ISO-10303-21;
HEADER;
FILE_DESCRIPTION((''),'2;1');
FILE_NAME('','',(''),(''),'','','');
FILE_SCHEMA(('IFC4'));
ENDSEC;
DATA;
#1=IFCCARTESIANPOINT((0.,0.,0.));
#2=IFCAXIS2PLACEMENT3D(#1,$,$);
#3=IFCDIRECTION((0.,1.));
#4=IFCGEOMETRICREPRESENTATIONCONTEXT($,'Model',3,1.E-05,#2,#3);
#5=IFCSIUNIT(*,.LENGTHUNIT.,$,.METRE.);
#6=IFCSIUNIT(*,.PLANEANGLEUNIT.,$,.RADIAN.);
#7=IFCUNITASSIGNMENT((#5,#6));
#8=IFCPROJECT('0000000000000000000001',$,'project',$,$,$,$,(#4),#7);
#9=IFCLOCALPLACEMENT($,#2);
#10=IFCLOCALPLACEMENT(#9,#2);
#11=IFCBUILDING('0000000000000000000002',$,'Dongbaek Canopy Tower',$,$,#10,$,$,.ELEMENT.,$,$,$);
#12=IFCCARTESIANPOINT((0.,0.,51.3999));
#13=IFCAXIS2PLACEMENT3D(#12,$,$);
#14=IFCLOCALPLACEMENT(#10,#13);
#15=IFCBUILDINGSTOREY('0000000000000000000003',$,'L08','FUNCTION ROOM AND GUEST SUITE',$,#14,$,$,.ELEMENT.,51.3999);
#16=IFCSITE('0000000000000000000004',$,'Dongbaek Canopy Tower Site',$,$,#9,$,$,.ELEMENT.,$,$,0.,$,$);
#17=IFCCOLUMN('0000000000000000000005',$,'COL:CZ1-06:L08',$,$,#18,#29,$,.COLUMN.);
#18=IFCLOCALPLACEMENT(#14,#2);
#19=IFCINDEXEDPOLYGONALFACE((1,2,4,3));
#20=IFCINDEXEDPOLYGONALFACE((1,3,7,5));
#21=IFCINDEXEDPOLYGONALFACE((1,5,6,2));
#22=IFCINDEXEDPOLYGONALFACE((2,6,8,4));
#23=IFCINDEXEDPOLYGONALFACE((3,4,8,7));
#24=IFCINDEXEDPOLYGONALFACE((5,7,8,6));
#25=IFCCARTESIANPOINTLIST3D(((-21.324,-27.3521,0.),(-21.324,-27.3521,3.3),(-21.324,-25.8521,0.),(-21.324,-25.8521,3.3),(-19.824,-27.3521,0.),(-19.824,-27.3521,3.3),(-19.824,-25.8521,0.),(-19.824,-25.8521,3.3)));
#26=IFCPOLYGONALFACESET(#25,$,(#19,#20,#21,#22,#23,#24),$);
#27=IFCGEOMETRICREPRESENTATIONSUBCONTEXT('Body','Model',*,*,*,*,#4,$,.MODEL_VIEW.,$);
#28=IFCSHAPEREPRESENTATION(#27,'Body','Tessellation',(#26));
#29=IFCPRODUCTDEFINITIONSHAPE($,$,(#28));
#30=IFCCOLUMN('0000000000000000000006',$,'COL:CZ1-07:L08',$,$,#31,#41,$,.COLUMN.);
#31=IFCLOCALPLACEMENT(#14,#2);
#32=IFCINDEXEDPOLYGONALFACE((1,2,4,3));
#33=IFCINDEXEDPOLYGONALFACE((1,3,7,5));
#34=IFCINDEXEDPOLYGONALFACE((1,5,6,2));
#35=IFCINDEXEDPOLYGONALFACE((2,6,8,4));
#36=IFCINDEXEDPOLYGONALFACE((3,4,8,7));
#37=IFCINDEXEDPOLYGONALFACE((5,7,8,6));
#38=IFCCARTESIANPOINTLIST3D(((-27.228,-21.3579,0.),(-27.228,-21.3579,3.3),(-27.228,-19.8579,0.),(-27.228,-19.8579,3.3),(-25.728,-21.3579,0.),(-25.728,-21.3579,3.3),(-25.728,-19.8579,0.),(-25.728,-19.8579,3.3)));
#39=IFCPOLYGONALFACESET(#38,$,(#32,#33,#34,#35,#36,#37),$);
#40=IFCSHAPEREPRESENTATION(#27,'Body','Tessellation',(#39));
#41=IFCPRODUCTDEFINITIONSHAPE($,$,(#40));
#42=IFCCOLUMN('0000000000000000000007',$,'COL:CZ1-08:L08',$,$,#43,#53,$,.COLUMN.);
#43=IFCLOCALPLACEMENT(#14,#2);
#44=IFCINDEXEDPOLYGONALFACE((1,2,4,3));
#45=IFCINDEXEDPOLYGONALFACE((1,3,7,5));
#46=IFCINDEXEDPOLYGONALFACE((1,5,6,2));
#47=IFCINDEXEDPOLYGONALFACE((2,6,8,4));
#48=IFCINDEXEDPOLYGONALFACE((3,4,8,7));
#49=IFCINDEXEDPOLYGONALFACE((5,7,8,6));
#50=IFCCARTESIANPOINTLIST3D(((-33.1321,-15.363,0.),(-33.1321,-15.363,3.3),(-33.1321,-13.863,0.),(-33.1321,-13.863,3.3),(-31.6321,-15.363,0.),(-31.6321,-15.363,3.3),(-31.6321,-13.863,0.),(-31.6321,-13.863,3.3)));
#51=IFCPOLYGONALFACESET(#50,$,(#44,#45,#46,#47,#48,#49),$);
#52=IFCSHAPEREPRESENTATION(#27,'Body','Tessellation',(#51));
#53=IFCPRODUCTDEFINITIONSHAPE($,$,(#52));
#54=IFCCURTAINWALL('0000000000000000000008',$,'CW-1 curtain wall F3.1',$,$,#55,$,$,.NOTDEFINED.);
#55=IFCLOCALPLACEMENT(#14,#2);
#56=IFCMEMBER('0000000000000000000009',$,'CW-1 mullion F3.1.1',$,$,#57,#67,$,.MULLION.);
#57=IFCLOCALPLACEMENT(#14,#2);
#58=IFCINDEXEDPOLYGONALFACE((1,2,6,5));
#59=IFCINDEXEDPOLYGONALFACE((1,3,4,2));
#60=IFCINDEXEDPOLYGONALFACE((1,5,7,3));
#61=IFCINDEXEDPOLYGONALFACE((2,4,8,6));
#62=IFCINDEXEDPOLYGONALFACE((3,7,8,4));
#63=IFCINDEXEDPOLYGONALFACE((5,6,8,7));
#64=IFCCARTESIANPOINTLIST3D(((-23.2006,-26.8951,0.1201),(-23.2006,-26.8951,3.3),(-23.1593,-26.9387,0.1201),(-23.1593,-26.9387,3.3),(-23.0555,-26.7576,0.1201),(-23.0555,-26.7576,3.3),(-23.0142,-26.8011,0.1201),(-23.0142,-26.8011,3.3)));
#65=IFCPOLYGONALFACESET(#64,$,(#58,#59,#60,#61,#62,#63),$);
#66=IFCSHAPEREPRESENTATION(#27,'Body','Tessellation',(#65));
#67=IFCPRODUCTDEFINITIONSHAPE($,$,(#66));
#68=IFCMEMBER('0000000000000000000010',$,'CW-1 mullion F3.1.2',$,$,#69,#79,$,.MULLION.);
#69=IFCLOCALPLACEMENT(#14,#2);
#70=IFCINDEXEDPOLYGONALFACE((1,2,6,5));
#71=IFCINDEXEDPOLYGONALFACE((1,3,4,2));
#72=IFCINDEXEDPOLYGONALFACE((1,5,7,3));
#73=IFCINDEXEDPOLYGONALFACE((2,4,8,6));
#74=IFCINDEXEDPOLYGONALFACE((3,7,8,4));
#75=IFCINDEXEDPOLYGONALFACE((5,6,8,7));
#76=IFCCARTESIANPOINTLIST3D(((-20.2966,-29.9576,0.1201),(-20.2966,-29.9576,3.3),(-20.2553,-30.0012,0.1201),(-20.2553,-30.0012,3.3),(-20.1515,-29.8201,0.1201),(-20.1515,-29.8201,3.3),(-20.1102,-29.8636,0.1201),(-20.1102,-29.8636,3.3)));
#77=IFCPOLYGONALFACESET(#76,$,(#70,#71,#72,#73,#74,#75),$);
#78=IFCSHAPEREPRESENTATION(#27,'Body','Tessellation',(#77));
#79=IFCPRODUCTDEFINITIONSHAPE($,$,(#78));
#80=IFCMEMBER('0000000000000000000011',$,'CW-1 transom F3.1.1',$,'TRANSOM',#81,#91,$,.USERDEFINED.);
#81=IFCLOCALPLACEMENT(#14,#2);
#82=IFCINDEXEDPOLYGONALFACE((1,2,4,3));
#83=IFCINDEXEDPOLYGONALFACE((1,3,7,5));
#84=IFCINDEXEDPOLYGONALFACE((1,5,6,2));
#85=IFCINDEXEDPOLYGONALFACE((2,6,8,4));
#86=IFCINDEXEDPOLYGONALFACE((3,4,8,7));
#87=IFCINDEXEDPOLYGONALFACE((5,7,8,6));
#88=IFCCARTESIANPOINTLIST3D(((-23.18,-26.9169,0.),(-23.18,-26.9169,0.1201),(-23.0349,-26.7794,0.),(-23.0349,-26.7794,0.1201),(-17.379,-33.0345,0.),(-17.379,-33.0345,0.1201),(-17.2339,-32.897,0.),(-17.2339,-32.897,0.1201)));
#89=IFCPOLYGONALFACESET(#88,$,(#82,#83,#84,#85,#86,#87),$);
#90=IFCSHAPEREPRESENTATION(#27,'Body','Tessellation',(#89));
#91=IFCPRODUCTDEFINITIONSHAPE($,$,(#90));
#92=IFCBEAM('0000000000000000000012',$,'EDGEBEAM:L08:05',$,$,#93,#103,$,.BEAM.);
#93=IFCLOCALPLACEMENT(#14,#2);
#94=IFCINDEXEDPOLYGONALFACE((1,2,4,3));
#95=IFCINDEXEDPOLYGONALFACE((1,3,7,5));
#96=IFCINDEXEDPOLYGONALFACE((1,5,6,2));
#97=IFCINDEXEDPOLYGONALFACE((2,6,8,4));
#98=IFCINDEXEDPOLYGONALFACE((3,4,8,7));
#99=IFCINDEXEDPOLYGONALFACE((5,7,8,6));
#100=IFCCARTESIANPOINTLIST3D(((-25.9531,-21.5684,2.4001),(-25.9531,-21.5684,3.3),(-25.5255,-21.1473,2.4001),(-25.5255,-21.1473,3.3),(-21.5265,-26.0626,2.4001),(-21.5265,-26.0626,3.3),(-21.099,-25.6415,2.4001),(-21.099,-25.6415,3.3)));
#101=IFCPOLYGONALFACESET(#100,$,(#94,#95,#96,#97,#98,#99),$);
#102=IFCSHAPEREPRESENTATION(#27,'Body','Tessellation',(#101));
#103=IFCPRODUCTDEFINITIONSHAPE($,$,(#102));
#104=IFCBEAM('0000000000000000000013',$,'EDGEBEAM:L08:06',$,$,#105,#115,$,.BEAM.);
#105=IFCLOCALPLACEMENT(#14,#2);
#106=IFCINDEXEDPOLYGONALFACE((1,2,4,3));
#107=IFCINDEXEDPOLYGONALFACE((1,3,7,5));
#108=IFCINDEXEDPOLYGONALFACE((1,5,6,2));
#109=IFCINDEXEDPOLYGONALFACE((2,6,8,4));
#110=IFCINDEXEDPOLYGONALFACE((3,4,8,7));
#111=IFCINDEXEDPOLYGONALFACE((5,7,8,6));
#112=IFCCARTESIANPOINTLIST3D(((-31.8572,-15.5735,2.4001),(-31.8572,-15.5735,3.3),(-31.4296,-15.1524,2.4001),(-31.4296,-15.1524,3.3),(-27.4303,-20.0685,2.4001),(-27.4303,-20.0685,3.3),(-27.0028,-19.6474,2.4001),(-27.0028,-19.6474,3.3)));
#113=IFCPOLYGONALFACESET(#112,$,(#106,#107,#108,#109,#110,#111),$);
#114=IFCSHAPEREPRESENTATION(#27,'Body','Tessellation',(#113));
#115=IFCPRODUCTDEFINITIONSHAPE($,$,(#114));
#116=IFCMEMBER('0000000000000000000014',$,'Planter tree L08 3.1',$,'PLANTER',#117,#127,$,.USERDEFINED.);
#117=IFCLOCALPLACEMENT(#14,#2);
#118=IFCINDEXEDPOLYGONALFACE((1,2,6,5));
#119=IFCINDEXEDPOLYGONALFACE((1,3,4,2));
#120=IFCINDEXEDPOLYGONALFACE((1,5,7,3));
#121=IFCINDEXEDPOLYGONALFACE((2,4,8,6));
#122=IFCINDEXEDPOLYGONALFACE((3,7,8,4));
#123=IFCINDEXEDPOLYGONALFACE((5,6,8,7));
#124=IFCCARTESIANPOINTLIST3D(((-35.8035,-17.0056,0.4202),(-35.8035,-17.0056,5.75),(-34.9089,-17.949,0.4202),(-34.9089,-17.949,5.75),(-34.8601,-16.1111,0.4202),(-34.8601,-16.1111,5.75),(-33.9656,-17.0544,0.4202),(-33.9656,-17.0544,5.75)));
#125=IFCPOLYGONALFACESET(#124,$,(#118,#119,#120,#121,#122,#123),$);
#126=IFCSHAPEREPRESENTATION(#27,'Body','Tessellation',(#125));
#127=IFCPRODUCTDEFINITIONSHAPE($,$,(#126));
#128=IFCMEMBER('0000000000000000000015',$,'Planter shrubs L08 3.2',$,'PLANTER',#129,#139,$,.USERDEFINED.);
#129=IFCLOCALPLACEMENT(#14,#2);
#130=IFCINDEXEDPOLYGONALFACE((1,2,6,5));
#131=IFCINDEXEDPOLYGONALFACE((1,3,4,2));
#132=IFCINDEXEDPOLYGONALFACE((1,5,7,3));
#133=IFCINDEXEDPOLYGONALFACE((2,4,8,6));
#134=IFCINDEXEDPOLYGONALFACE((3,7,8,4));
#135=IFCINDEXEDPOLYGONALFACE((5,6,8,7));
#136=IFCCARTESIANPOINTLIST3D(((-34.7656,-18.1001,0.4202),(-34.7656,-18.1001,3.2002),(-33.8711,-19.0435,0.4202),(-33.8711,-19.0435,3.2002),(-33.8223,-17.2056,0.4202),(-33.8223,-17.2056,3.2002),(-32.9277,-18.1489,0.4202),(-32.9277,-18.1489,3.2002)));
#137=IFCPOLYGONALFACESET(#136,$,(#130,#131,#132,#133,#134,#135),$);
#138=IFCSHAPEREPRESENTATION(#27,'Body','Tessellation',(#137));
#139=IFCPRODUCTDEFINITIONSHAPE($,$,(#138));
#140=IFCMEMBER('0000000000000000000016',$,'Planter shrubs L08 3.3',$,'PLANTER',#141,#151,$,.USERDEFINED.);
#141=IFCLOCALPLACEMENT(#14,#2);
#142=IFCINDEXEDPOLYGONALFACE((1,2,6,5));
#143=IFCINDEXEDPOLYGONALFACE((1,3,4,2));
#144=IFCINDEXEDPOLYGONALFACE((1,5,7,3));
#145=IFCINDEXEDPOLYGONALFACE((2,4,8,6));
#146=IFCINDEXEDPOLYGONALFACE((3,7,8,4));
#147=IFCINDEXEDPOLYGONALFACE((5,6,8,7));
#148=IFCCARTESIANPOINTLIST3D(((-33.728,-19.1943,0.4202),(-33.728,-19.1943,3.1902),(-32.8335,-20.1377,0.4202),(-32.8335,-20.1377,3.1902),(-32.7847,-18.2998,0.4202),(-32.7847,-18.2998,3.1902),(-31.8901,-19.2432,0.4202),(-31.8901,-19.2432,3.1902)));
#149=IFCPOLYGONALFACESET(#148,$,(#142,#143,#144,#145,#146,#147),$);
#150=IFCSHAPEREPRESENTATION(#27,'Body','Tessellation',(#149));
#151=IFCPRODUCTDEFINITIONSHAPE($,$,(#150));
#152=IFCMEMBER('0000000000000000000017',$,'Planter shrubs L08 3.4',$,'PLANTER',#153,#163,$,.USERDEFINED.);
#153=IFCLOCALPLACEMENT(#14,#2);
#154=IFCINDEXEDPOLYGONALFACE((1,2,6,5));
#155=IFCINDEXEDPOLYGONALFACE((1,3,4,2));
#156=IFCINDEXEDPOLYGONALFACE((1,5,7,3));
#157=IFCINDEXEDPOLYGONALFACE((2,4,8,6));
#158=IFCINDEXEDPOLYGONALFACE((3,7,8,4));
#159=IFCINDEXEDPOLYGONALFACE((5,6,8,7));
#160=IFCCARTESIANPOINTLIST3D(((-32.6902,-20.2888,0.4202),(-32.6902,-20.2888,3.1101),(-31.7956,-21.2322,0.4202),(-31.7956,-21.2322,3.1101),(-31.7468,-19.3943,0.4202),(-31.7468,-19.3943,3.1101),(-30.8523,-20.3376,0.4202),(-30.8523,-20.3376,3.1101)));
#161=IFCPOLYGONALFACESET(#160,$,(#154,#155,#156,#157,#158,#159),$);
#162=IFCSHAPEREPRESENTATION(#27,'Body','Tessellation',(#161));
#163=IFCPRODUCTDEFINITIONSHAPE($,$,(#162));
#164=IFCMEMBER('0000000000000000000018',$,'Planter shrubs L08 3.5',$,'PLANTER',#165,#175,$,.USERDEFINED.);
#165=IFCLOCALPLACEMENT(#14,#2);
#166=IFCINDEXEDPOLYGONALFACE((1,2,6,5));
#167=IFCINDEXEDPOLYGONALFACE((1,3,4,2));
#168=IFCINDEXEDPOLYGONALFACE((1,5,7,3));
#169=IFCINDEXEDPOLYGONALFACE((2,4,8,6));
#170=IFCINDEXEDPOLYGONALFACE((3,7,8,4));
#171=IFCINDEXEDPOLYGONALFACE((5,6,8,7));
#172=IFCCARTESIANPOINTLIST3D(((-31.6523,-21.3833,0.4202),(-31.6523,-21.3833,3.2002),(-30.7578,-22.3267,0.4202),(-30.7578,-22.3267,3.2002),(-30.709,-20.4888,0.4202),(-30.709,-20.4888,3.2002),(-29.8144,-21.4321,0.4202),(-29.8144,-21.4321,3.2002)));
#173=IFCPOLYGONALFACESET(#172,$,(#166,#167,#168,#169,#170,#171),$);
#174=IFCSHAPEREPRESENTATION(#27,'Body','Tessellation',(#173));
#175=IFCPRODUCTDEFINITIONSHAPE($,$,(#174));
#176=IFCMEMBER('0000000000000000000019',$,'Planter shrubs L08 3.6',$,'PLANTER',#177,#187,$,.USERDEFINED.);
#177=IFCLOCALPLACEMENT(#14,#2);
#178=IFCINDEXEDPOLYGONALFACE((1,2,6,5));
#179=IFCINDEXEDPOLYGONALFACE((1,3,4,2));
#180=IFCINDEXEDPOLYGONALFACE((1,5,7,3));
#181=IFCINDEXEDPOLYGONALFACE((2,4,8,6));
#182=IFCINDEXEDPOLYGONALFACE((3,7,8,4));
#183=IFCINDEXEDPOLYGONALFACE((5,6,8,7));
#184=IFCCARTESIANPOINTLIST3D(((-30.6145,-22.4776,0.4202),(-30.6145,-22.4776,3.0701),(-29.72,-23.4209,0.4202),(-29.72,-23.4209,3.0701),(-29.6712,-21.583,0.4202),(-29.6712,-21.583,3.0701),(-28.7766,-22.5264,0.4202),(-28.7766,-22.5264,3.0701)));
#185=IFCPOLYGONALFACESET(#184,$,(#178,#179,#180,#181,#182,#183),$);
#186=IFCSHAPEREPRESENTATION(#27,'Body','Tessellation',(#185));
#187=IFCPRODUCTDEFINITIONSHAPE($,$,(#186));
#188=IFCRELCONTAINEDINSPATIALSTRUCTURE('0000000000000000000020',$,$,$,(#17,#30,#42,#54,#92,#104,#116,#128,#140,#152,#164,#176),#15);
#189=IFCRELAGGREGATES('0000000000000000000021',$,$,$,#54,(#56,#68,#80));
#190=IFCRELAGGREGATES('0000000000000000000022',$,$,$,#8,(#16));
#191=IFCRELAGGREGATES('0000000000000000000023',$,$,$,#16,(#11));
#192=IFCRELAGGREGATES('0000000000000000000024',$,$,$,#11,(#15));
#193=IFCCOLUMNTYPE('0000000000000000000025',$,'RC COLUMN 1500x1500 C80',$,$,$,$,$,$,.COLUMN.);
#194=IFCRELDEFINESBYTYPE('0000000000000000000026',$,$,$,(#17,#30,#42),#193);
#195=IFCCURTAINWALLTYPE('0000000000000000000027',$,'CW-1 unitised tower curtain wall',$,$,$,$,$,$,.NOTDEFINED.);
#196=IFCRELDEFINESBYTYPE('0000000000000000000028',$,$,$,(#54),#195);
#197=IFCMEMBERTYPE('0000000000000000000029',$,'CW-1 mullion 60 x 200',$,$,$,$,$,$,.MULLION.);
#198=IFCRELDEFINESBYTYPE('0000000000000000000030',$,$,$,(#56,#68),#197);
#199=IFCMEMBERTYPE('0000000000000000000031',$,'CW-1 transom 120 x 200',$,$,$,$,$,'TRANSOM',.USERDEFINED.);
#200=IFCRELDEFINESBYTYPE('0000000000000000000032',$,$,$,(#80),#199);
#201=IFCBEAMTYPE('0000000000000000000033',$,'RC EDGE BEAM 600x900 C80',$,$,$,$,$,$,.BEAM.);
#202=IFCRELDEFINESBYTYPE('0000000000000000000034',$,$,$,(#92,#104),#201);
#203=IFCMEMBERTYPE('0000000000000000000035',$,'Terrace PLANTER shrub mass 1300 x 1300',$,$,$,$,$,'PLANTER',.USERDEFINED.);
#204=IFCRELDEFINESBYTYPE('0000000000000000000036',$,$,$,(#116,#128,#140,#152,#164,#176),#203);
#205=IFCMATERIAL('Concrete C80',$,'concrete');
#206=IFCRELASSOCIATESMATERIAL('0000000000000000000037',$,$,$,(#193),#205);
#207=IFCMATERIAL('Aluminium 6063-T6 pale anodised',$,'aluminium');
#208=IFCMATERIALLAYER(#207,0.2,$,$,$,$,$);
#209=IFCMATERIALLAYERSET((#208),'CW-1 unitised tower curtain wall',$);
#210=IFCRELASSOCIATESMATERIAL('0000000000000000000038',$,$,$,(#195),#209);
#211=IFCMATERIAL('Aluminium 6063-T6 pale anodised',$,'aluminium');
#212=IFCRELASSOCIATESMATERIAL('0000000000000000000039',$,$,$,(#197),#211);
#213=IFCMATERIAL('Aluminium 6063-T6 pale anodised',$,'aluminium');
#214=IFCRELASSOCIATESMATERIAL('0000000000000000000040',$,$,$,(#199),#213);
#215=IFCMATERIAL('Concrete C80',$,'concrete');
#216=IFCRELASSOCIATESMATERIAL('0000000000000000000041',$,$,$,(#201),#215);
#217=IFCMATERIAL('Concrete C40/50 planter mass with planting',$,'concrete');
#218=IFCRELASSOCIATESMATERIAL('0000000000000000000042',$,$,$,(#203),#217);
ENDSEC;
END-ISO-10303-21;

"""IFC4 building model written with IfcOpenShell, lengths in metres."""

from ifc_helpers import new_model, si_unit, direction, frame, origin, origin_2d, place, context, subcontext, project, spatial, rectangle, extrude, material, layer, layer_set, material_profile, profile_set, type_object, element, aggregate, save


model = new_model("IFC4")

# Units and contexts
model_context = context("Model", 3, precision=1e-05, world=origin(), true_north=direction((0.0, 1.0)))
body_context = subcontext(model_context, "Body", "Model", "MODEL_VIEW")
ifc_project = project(units=[si_unit("LENGTHUNIT", "METRE"), si_unit("PLANEANGLEUNIT", "RADIAN")], contexts=[model_context])

# Site, building, storey
site_placement = place(None, origin())
site = spatial("IfcSite", under=ifc_project, at=site_placement, Name="Dongbaek Canopy Tower Site", CompositionType="ELEMENT", RefElevation=0.0)
building_placement = place(site_placement, origin())
building = spatial("IfcBuilding", under=site, at=building_placement, Name="Dongbaek Canopy Tower", CompositionType="ELEMENT")
storey_placement = place(building_placement, frame((0.0, 0.0, 51.3999)))
storey = spatial("IfcBuildingStorey", under=building, at=storey_placement, Name="L08", Description="FUNCTION ROOM AND GUEST SUITE", CompositionType="ELEMENT", Elevation=51.3999)

# Columns
ifc_material_1 = material(Name="Concrete C80", Category="concrete")
ifc_material_profile_1 = material_profile(ifc_material_1, rectangle(XDim=1.5, YDim=1.5, at=origin_2d()), Name="RC COLUMN 1500x1500 C80")
ifc_profile_set_1 = profile_set([ifc_material_profile_1], Name="Concrete C80")
column_type = type_object("IfcColumnType", Name="RC COLUMN 1500x1500 C80", PredefinedType="COLUMN", material=ifc_profile_set_1)
for number, where, z_axis, x_axis, name in (
    (1, (-20.574, -26.6021, 0.0), (0.0, 0.0, 1.0), (1.0, 0.0, 0.0), "COL:CZ1-06:L08"),
    (2, (-26.478, -20.6079, 0.0), (0.0, 0.0, 1.0), (1.0, 0.0, 0.0), "COL:CZ1-07:L08"),
    (3, (-32.3821, -14.613, 0.0), (0.0, 0.0, 1.0), (1.0, 0.0, 0.0), "COL:CZ1-08:L08"),
):
    element("IfcColumn", number, at=place(storey_placement, frame(where, z_axis=z_axis, x_axis=x_axis)), inside=storey, type_object=column_type, Name=name, PredefinedType="COLUMN", context=body_context, shape_type="SweptSolid", body=[
        extrude(rectangle(XDim=1.5, YDim=1.5, at=origin_2d()), origin(), (0.0, 0.0, 1.0), 3.3),
    ])

# Curtain wall, members
ifc_material_2 = material(Name="Aluminium 6063-T6 pale anodised", Category="aluminium")
ifc_layer_1 = layer(ifc_material_2, 0.2)
ifc_layer_set_1 = layer_set([ifc_layer_1], Name="CW-1 unitised tower curtain wall")
curtain_wall_type = type_object("IfcCurtainWallType", Name="CW-1 unitised tower curtain wall", PredefinedType="NOTDEFINED", material=ifc_layer_set_1)
curtain_wall_placement = place(storey_placement, origin())
curtain_wall = element("IfcCurtainWall", 4, at=curtain_wall_placement, inside=storey, type_object=curtain_wall_type, Name="CW-1 curtain wall F3.1", PredefinedType="NOTDEFINED")
ifc_material_3 = material(Name="Aluminium 6063-T6 pale anodised", Category="aluminium")
ifc_material_profile_2 = material_profile(ifc_material_3, rectangle(XDim=0.2, YDim=0.0601, at=origin_2d()), Name="CW-1 mullion 60 x 200")
ifc_profile_set_2 = profile_set([ifc_material_profile_2], Name="Aluminium 6063-T6 pale anodised")
member_type_1 = type_object("IfcMemberType", Name="CW-1 mullion 60 x 200", PredefinedType="MULLION", material=ifc_profile_set_2)
member_1_placement = place(storey_placement, frame((-23.1074, -26.8481, 0.1201), z_axis=(0.0, 0.0, 1.0), x_axis=(-0.725627, -0.688089, 0.0)))
member_1 = element("IfcMember", 5, at=member_1_placement, type_object=member_type_1, Name="CW-1 mullion F3.1.1", PredefinedType="MULLION", context=body_context, shape_type="SweptSolid", body=[
    extrude(rectangle(XDim=0.2, YDim=0.0601, at=origin_2d()), origin(), (0.0, 0.0, 1.0), 3.1799),
])
member_2_placement = place(storey_placement, frame((-20.2034, -29.9106, 0.1201), z_axis=(0.0, 0.0, 1.0), x_axis=(-0.725627, -0.688089, 0.0)))
member_2 = element("IfcMember", 6, at=member_2_placement, type_object=member_type_1, Name="CW-1 mullion F3.1.2", PredefinedType="MULLION", context=body_context, shape_type="SweptSolid", body=[
    extrude(rectangle(XDim=0.2, YDim=0.0601, at=origin_2d()), origin(), (0.0, 0.0, 1.0), 3.1799),
])
ifc_material_4 = material(Name="Aluminium 6063-T6 pale anodised", Category="aluminium")
ifc_material_profile_3 = material_profile(ifc_material_4, rectangle(XDim=0.2, YDim=0.1201, at=origin_2d()), Name="CW-1 transom 120 x 200")
ifc_profile_set_3 = profile_set([ifc_material_profile_3], Name="Aluminium 6063-T6 pale anodised")
member_type_2 = type_object("IfcMemberType", Name="CW-1 transom 120 x 200", ElementType="TRANSOM", PredefinedType="USERDEFINED", material=ifc_profile_set_3)
member_3_placement = place(storey_placement, frame((-23.1074, -26.8481, 0.0601), z_axis=(0.688078, -0.725637, 0.0), x_axis=(0.725637, 0.688078, 0.0)))
member_3 = element("IfcMember", 7, at=member_3_placement, type_object=member_type_2, Name="CW-1 transom F3.1.1", ObjectType="TRANSOM", PredefinedType="USERDEFINED", context=body_context, shape_type="SweptSolid", body=[
    extrude(rectangle(XDim=0.2, YDim=0.1201, at=origin_2d()), origin(), (0.0, 0.0, 1.0), 8.4307),
])

# Beams
ifc_material_5 = material(Name="Concrete C80", Category="concrete")
ifc_material_profile_4 = material_profile(ifc_material_5, rectangle(XDim=0.6001, YDim=0.8999, at=origin_2d()), Name="RC EDGE BEAM 600x900 C80")
ifc_profile_set_4 = profile_set([ifc_material_profile_4], Name="Concrete C80")
beam_type = type_object("IfcBeamType", Name="RC EDGE BEAM 600x900 C80", PredefinedType="BEAM", material=ifc_profile_set_4)
beam_1_placement = place(storey_placement, frame((-21.3127, -25.8521, 2.8501), z_axis=(-0.701726, 0.712447, 0.0), x_axis=(-0.712447, -0.701726, 0.0)))
element("IfcBeam", 8, at=beam_1_placement, inside=storey, type_object=beam_type, Name="EDGEBEAM:L08:05", PredefinedType="BEAM", context=body_context, shape_type="SweptSolid", body=[
    extrude(rectangle(XDim=0.6001, YDim=0.8999, at=origin_2d()), origin(), (0.0, 0.0, 1.0), 6.3081),
])
beam_2_placement = place(storey_placement, frame((-27.2166, -19.8579, 2.8501), z_axis=(-0.701688, 0.712485, 0.0), x_axis=(-0.712485, -0.701688, 0.0)))
element("IfcBeam", 9, at=beam_2_placement, inside=storey, type_object=beam_type, Name="EDGEBEAM:L08:06", PredefinedType="BEAM", context=body_context, shape_type="SweptSolid", body=[
    extrude(rectangle(XDim=0.6001, YDim=0.8999, at=origin_2d()), origin(), (0.0, 0.0, 1.0), 6.3088),
])

# Members
ifc_material_6 = material(Name="Concrete C40/50 planter mass with planting", Category="concrete")
ifc_material_profile_5 = material_profile(ifc_material_6, rectangle(XDim=1.3, YDim=1.3, at=origin_2d()), Name="Terrace PLANTER shrub mass 1300 x 1300")
ifc_profile_set_5 = profile_set([ifc_material_profile_5], Name="Concrete C40/50 planter mass with planting")
member_type_3 = type_object("IfcMemberType", Name="Terrace PLANTER shrub mass 1300 x 1300", ElementType="PLANTER", PredefinedType="USERDEFINED", material=ifc_profile_set_5)
member_4_placement = place(storey_placement, frame((-34.8845, -17.03, 0.4202), z_axis=(0.0, 0.0, 1.0), x_axis=(-0.725627, -0.688089, 0.0)))
element("IfcMember", 10, at=member_4_placement, inside=storey, type_object=member_type_3, Name="Planter tree L08 3.1", ObjectType="PLANTER", PredefinedType="USERDEFINED", context=body_context, shape_type="SweptSolid", body=[
    extrude(rectangle(XDim=1.3, YDim=1.3, at=origin_2d()), origin(), (0.0, 0.0, 1.0), 5.3298),
])
member_5_placement = place(storey_placement, frame((-33.8467, -18.1245, 0.4202), z_axis=(0.0, 0.0, 1.0), x_axis=(-0.725627, -0.688089, 0.0)))
element("IfcMember", 11, at=member_5_placement, inside=storey, type_object=member_type_3, Name="Planter shrubs L08 3.2", ObjectType="PLANTER", PredefinedType="USERDEFINED", context=body_context, shape_type="SweptSolid", body=[
    extrude(rectangle(XDim=1.3, YDim=1.3, at=origin_2d()), origin(), (0.0, 0.0, 1.0), 2.78),
])
member_6_placement = place(storey_placement, frame((-32.8091, -19.2188, 0.4202), z_axis=(0.0, 0.0, 1.0), x_axis=(-0.725627, -0.688089, 0.0)))
element("IfcMember", 12, at=member_6_placement, inside=storey, type_object=member_type_3, Name="Planter shrubs L08 3.3", ObjectType="PLANTER", PredefinedType="USERDEFINED", context=body_context, shape_type="SweptSolid", body=[
    extrude(rectangle(XDim=1.3, YDim=1.3, at=origin_2d()), origin(), (0.0, 0.0, 1.0), 2.77),
])
member_7_placement = place(storey_placement, frame((-31.7712, -20.3132, 0.4202), z_axis=(0.0, 0.0, 1.0), x_axis=(-0.725627, -0.688089, 0.0)))
element("IfcMember", 13, at=member_7_placement, inside=storey, type_object=member_type_3, Name="Planter shrubs L08 3.4", ObjectType="PLANTER", PredefinedType="USERDEFINED", context=body_context, shape_type="SweptSolid", body=[
    extrude(rectangle(XDim=1.3, YDim=1.3, at=origin_2d()), origin(), (0.0, 0.0, 1.0), 2.6899),
])
member_8_placement = place(storey_placement, frame((-30.7334, -21.4077, 0.4202), z_axis=(0.0, 0.0, 1.0), x_axis=(-0.725627, -0.688089, 0.0)))
element("IfcMember", 14, at=member_8_placement, inside=storey, type_object=member_type_3, Name="Planter shrubs L08 3.5", ObjectType="PLANTER", PredefinedType="USERDEFINED", context=body_context, shape_type="SweptSolid", body=[
    extrude(rectangle(XDim=1.3, YDim=1.3, at=origin_2d()), origin(), (0.0, 0.0, 1.0), 2.78),
])
member_9_placement = place(storey_placement, frame((-29.6956, -22.502, 0.4202), z_axis=(0.0, 0.0, 1.0), x_axis=(-0.725627, -0.688089, 0.0)))
element("IfcMember", 15, at=member_9_placement, inside=storey, type_object=member_type_3, Name="Planter shrubs L08 3.6", ObjectType="PLANTER", PredefinedType="USERDEFINED", context=body_context, shape_type="SweptSolid", body=[
    extrude(rectangle(XDim=1.3, YDim=1.3, at=origin_2d()), origin(), (0.0, 0.0, 1.0), 2.6499),
])

aggregate(curtain_wall, [member_1, member_2, member_3])

save(model, "model.ifc")
